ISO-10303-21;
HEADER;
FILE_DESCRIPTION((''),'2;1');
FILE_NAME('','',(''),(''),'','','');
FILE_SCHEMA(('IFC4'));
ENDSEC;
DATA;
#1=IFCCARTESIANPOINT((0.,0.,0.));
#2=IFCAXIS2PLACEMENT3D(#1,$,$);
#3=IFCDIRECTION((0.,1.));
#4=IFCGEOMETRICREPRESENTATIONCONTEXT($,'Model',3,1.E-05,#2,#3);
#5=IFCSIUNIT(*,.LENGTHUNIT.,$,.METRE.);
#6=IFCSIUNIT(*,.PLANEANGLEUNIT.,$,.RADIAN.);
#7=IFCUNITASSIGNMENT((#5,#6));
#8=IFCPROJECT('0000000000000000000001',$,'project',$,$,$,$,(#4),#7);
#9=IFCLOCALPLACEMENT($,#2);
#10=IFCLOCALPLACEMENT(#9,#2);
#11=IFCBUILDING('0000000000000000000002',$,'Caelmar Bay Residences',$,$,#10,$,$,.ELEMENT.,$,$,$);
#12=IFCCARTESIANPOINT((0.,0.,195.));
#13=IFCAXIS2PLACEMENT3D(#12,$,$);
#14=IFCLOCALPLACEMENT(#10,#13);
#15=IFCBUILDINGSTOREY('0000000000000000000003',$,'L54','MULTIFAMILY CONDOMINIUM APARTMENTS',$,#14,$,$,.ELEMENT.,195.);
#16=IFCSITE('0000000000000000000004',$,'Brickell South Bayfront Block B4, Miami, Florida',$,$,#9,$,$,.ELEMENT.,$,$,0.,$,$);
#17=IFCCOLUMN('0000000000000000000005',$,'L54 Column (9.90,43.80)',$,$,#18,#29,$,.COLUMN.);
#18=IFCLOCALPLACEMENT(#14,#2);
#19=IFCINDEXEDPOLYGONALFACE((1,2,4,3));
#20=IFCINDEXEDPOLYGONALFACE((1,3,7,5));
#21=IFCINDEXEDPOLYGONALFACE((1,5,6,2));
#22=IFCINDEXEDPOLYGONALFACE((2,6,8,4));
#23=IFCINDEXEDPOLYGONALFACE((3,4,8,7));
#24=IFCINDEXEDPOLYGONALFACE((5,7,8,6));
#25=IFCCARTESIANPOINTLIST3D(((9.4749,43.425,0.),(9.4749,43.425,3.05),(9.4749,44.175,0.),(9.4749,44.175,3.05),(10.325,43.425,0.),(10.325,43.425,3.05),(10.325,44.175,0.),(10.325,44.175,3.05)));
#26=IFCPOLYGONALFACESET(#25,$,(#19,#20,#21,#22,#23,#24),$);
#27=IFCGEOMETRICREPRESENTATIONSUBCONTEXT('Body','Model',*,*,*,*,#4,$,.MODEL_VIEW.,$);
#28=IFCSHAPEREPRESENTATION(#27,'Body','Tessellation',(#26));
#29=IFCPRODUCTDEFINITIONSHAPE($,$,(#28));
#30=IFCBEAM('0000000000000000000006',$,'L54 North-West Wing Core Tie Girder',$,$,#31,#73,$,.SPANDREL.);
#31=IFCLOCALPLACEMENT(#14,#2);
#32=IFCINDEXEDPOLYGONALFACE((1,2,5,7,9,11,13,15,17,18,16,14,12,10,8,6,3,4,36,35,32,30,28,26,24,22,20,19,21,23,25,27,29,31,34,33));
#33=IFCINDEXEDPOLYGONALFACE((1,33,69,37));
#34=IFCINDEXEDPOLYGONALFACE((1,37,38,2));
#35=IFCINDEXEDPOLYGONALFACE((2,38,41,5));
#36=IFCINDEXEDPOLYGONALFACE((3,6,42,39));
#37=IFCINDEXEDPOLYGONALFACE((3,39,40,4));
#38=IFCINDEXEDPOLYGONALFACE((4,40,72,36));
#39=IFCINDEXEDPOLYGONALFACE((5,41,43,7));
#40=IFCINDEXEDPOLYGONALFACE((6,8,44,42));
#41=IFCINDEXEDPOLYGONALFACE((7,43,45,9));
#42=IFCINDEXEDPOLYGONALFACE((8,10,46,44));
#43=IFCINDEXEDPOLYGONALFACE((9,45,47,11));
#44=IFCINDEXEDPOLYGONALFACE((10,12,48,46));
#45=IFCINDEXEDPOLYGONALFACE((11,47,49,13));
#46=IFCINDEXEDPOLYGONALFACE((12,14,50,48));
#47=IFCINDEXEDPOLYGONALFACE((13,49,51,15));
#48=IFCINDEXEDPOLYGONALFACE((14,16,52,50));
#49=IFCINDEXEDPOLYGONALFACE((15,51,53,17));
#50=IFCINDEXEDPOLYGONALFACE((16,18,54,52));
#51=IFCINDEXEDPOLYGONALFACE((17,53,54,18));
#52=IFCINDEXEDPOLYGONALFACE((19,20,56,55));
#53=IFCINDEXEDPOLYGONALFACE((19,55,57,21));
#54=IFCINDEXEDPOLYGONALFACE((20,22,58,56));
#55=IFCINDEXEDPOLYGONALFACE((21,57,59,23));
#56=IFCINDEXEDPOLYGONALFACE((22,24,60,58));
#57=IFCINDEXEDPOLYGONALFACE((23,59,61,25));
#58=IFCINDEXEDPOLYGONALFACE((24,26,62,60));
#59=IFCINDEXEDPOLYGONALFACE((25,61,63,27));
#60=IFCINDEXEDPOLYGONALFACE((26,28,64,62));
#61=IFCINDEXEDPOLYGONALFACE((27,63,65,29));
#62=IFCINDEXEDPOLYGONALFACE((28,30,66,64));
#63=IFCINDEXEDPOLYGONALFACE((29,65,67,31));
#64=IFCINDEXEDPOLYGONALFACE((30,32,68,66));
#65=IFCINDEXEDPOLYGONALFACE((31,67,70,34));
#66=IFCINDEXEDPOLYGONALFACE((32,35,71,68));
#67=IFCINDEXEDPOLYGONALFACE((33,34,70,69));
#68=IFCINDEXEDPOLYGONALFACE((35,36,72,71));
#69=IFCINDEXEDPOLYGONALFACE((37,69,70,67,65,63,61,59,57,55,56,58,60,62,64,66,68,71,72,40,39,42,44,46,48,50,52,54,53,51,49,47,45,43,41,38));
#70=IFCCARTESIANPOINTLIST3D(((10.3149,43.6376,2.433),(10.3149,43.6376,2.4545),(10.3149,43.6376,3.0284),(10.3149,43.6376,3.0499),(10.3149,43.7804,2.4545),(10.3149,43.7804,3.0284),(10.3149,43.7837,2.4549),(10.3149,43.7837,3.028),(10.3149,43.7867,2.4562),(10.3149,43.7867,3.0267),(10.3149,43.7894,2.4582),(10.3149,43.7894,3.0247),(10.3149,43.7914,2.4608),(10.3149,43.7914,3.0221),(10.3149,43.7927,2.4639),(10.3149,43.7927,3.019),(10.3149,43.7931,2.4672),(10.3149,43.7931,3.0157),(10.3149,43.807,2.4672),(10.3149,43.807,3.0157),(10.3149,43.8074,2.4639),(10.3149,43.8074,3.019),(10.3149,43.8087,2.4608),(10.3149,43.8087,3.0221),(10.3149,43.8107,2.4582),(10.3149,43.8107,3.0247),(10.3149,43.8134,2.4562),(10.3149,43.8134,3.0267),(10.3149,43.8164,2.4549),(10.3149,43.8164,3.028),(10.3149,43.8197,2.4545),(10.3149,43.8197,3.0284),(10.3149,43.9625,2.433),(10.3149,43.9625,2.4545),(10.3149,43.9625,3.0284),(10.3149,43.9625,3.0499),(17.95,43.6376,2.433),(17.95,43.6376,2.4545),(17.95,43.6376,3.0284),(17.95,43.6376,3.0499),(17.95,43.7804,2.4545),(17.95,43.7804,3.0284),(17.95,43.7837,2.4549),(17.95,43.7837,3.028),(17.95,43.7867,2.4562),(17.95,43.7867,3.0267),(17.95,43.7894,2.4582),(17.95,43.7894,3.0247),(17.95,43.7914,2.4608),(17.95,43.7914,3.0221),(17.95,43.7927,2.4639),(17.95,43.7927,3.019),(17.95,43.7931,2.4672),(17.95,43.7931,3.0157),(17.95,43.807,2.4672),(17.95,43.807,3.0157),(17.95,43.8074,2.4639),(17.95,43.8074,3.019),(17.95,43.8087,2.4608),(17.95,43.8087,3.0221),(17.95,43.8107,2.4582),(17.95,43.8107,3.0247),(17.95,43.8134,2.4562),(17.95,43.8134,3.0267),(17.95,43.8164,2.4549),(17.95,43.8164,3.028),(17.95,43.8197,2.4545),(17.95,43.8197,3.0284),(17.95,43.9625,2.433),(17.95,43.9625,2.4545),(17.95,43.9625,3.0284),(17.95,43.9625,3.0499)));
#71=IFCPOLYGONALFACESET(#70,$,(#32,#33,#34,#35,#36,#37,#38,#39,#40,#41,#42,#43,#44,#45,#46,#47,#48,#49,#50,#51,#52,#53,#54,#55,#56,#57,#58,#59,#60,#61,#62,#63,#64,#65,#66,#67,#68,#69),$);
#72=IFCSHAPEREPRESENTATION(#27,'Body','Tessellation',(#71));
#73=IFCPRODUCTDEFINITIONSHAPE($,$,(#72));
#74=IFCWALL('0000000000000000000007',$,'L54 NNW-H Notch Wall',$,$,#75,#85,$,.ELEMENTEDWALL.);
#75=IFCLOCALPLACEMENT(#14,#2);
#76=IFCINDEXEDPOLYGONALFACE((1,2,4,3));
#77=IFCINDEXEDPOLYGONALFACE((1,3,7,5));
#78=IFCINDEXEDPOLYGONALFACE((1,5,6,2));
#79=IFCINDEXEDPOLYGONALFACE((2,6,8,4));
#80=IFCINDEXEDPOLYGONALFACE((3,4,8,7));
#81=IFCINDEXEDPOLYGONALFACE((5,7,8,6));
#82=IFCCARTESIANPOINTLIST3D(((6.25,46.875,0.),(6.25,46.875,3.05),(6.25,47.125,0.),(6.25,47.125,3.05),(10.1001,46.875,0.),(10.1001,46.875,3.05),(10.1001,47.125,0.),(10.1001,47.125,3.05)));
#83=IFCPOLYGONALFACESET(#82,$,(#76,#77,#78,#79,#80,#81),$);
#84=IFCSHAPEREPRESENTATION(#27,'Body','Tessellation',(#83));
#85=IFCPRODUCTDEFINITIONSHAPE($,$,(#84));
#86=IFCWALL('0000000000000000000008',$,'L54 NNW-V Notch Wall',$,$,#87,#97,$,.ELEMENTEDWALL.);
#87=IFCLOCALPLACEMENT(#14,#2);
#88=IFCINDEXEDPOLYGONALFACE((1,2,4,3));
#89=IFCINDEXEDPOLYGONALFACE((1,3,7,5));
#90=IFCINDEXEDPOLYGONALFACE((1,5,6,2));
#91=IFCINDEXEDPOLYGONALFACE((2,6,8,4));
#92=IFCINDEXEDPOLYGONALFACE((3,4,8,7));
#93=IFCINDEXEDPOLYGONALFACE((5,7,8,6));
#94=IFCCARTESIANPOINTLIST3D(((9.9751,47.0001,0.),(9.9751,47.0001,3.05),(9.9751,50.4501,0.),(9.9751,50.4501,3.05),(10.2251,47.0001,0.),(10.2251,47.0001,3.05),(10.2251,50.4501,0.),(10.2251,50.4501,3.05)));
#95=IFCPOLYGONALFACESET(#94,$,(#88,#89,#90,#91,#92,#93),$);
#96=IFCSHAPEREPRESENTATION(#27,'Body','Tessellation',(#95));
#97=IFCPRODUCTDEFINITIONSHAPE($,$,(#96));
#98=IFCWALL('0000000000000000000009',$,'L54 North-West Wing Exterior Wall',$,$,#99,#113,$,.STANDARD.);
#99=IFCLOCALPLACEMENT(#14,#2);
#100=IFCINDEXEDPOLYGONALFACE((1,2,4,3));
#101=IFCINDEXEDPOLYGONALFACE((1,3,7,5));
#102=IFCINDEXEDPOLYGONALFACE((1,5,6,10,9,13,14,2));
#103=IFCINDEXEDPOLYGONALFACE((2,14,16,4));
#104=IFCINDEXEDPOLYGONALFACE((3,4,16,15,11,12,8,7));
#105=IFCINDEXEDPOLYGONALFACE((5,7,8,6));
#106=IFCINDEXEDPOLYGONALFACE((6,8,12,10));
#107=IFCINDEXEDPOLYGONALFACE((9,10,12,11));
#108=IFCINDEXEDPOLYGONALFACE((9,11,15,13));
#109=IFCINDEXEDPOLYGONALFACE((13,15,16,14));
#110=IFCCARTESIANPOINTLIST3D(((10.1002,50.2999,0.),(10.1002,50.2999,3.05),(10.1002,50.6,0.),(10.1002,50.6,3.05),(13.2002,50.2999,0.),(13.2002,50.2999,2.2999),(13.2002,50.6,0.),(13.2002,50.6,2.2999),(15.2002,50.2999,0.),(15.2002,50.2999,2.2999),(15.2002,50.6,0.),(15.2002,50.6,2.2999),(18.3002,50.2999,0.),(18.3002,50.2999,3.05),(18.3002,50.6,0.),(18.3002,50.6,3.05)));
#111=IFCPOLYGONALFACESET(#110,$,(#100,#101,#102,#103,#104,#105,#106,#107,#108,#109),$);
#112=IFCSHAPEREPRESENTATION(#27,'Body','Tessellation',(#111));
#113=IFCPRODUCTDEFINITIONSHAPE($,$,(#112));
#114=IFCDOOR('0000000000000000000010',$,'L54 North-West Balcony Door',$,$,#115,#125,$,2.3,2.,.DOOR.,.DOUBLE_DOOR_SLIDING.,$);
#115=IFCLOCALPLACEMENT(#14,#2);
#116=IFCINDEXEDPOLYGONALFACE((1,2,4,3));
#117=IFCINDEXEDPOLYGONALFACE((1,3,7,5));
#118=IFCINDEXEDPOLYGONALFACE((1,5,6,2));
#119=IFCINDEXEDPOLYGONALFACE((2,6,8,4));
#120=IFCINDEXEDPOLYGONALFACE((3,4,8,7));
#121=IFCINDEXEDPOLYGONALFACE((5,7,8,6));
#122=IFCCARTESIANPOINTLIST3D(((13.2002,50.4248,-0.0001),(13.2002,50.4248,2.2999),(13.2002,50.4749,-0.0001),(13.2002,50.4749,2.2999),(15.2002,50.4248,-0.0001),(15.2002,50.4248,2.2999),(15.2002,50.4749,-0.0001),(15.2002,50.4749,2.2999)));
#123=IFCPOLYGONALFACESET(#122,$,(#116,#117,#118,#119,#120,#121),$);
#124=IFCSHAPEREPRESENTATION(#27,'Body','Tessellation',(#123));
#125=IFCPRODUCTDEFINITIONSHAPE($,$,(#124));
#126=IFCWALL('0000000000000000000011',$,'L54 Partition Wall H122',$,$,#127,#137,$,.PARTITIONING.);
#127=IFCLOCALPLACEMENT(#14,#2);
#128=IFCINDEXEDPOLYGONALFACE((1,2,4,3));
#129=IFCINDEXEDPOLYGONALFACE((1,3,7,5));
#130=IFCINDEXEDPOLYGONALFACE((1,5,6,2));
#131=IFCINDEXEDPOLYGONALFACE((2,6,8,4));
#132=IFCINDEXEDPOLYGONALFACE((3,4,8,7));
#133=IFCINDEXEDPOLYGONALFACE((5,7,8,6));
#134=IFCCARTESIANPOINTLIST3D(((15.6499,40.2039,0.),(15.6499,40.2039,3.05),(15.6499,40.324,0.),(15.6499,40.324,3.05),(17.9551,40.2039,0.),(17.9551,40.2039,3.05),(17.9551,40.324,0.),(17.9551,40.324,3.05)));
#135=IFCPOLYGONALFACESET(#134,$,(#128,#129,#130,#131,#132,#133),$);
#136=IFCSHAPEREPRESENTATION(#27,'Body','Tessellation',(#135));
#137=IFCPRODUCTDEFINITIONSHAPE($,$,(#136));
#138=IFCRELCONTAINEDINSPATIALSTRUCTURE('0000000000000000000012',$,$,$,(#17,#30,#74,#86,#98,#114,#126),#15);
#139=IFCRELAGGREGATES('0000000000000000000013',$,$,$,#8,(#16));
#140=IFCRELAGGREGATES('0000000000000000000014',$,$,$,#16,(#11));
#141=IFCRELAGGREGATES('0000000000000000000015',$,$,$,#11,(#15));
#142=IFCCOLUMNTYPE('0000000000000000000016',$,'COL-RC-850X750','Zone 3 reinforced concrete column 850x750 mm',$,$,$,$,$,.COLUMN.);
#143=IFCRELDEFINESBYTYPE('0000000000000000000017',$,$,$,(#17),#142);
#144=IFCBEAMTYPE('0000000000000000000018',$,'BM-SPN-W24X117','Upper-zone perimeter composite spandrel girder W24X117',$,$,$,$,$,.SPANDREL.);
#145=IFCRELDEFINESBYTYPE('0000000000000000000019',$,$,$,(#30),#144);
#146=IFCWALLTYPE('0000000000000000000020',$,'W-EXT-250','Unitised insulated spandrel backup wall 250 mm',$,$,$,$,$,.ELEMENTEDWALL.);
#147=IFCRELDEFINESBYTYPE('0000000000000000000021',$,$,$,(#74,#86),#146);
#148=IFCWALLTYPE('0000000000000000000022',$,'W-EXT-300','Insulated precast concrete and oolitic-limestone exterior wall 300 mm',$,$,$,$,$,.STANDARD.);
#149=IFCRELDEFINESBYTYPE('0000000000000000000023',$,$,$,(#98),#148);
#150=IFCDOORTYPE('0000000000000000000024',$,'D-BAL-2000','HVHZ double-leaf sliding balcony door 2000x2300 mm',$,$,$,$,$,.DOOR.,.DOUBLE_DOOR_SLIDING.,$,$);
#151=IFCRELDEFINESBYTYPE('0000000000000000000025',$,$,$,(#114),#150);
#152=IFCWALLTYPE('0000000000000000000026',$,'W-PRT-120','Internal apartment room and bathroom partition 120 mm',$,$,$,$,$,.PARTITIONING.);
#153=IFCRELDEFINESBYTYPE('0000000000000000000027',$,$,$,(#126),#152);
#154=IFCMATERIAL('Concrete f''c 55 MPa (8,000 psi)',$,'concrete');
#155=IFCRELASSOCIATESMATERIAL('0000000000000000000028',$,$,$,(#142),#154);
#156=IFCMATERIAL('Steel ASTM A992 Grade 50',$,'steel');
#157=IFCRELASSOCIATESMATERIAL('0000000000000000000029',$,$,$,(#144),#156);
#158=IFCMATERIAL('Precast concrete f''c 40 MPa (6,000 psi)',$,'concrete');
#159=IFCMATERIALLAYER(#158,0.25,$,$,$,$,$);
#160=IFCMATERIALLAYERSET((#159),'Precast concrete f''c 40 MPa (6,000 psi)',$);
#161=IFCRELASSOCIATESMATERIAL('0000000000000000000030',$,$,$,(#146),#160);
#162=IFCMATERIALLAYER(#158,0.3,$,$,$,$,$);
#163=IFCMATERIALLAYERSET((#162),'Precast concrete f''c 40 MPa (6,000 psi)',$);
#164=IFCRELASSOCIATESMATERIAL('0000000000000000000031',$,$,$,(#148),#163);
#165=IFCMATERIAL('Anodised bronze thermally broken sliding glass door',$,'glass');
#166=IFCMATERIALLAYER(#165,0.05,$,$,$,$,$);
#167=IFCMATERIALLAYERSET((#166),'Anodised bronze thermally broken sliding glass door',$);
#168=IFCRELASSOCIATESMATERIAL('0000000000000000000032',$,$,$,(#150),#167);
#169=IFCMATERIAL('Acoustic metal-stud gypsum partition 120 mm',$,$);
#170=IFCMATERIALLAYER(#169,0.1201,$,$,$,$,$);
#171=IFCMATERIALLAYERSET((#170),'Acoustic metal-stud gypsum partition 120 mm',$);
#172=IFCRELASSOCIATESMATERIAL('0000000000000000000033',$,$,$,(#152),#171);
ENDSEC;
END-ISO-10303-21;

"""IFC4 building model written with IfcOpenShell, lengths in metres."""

from ifc_helpers import new_model, si_unit, direction, frame, frame_2d, origin, origin_2d, place, context, subcontext, project, spatial, rectangle, i_section, extrude, material, layer, layer_set, material_profile, profile_set, type_object, element, fill, save


model = new_model("IFC4")

# Units and contexts
model_context = context("Model", 3, precision=1e-05, world=origin(), true_north=direction((0.0, 1.0)))
body_context = subcontext(model_context, "Body", "Model", "MODEL_VIEW")
ifc_project = project(units=[si_unit("LENGTHUNIT", "METRE"), si_unit("PLANEANGLEUNIT", "RADIAN")], contexts=[model_context])

# Site, building, storey
site_placement = place(None, origin())
site = spatial("IfcSite", under=ifc_project, at=site_placement, Name="Brickell South Bayfront Block B4, Miami, Florida", CompositionType="ELEMENT", RefElevation=0.0)
building_placement = place(site_placement, origin())
building = spatial("IfcBuilding", under=site, at=building_placement, Name="Caelmar Bay Residences", CompositionType="ELEMENT")
storey_placement = place(building_placement, frame((0.0, 0.0, 195.0)))
storey = spatial("IfcBuildingStorey", under=building, at=storey_placement, Name="L54", Description="MULTIFAMILY CONDOMINIUM APARTMENTS", CompositionType="ELEMENT", Elevation=195.0)

# Column
ifc_material_1 = material(Name="Concrete f'c 55 MPa (8,000 psi)", Category="concrete")
ifc_material_profile_1 = material_profile(ifc_material_1, rectangle(XDim=0.8501, YDim=0.75, at=origin_2d()), Name="RC-COL-850X750")
ifc_profile_set_1 = profile_set([ifc_material_profile_1], Name="Concrete f'c 55 MPa (8,000 psi)")
column_type = type_object("IfcColumnType", Name="COL-RC-850X750", Description="Zone 3 reinforced concrete column 850x750 mm", PredefinedType="COLUMN", material=ifc_profile_set_1)
column_placement = place(storey_placement, frame((9.8999, 43.8, 0.0), z_axis=(0.0, 0.0, 1.0), x_axis=(1.0, 0.0, 0.0)))
element("IfcColumn", 1, at=column_placement, inside=storey, type_object=column_type, Name="L54 Column (9.90,43.80)", PredefinedType="COLUMN", context=body_context, shape_type="SweptSolid", body=[
    extrude(rectangle(XDim=0.8501, YDim=0.75, at=origin_2d()), origin(), (0.0, 0.0, 1.0), 3.05),
])

# Beam
ifc_material_2 = material(Name="Steel ASTM A992 Grade 50", Category="steel")
ifc_material_profile_2 = material_profile(ifc_material_2, i_section(OverallWidth=0.325, OverallDepth=0.6169, WebThickness=0.0139, FlangeThickness=0.0215, FilletRadius=0.0127, at=origin_2d()), Name="W24X117")
ifc_profile_set_2 = profile_set([ifc_material_profile_2], Name="Steel ASTM A992 Grade 50")
beam_type = type_object("IfcBeamType", Name="BM-SPN-W24X117", Description="Upper-zone perimeter composite spandrel girder W24X117", PredefinedType="SPANDREL", material=ifc_profile_set_2)
beam_placement = place(storey_placement, frame((10.3149, 43.8, 2.7415), z_axis=(1.0, 0.0, 0.0), x_axis=(0.0, 1.0, 0.0)))
element("IfcBeam", 2, at=beam_placement, inside=storey, type_object=beam_type, Name="L54 North-West Wing Core Tie Girder", PredefinedType="SPANDREL", context=body_context, shape_type="SweptSolid", body=[
    extrude(i_section(OverallWidth=0.325, OverallDepth=0.6169, WebThickness=0.0139, FlangeThickness=0.0215, FilletRadius=0.0127, at=origin_2d()), origin(), (0.0, 0.0, 1.0), 7.635),
])

# Walls
ifc_material_3 = material(Name="Precast concrete f'c 40 MPa (6,000 psi)", Category="concrete")
ifc_layer_1 = layer(ifc_material_3, 0.25)
ifc_layer_set_1 = layer_set([ifc_layer_1], Name="Precast concrete f'c 40 MPa (6,000 psi)")
wall_type_1 = type_object("IfcWallType", Name="W-EXT-250", Description="Unitised insulated spandrel backup wall 250 mm", PredefinedType="ELEMENTEDWALL", material=ifc_layer_set_1)
wall_1_placement = place(storey_placement, frame((6.25, 47.0, 0.0), z_axis=(0.0, 0.0, 1.0), x_axis=(1.0, 0.0, 0.0)))
element("IfcWall", 3, at=wall_1_placement, inside=storey, type_object=wall_type_1, Name="L54 NNW-H Notch Wall", PredefinedType="ELEMENTEDWALL", context=body_context, shape_type="SweptSolid", body=[
    extrude(rectangle(XDim=3.8501, YDim=0.25, at=frame_2d((1.925, 0.0))), origin(), (0.0, 0.0, 1.0), 3.05),
])
wall_2_placement = place(storey_placement, frame((10.1001, 47.0, 0.0), z_axis=(0.0, 0.0, 1.0), x_axis=(0.0, 1.0, 0.0)))
element("IfcWall", 4, at=wall_2_placement, inside=storey, type_object=wall_type_1, Name="L54 NNW-V Notch Wall", PredefinedType="ELEMENTEDWALL", context=body_context, shape_type="SweptSolid", body=[
    extrude(rectangle(XDim=3.45, YDim=0.25, at=frame_2d((1.7251, 0.0))), origin(), (0.0, 0.0, 1.0), 3.05),
])

# Wall, opening, door
ifc_layer_2 = layer(ifc_material_3, 0.3)
ifc_layer_set_2 = layer_set([ifc_layer_2], Name="Precast concrete f'c 40 MPa (6,000 psi)")
wall_type_2 = type_object("IfcWallType", Name="W-EXT-300", Description="Insulated precast concrete and oolitic-limestone exterior wall 300 mm", PredefinedType="STANDARD", material=ifc_layer_set_2)
wall_3_placement = place(storey_placement, frame((10.1001, 50.45, 0.0), z_axis=(0.0, 0.0, 1.0), x_axis=(1.0, 0.0, 0.0)))
wall_3 = element("IfcWall", 5, at=wall_3_placement, inside=storey, type_object=wall_type_2, Name="L54 North-West Wing Exterior Wall", PredefinedType="STANDARD", context=body_context, shape_type="SweptSolid", body=[
    extrude(rectangle(XDim=8.2, YDim=0.3, at=frame_2d((4.1001, 0.0))), origin(), (0.0, 0.0, 1.0), 3.05),
])
opening_1_placement = place(wall_3_placement, frame((3.1001, 0.0, 0.0)))
opening_1 = element("IfcOpeningElement", 6, at=opening_1_placement, cuts=wall_3, PredefinedType="OPENING", context=body_context, shape_type="SweptSolid", body=[
    extrude(rectangle(XDim=2.0, YDim=2.3, at=frame_2d((1.0, 1.1499))), frame((0.0, 0.1599, 0.0), z_axis=(0.0, -1.0, 0.0), x_axis=(1.0, 0.0, 0.0)), (0.0, 0.0, 1.0), 0.3201),
])
ifc_material_4 = material(Name="Anodised bronze thermally broken sliding glass door", Category="glass")
ifc_layer_3 = layer(ifc_material_4, 0.05)
ifc_layer_set_3 = layer_set([ifc_layer_3], Name="Anodised bronze thermally broken sliding glass door")
door_type_1 = type_object("IfcDoorType", Name="D-BAL-2000", Description="HVHZ double-leaf sliding balcony door 2000x2300 mm", OperationType="DOUBLE_DOOR_SLIDING", PredefinedType="DOOR", material=ifc_layer_set_3)
door_1_placement = place(opening_1_placement, origin())
door_1 = element("IfcDoor", 7, at=door_1_placement, inside=storey, type_object=door_type_1, Name="L54 North-West Balcony Door", OperationType="DOUBLE_DOOR_SLIDING", OverallHeight=2.3, OverallWidth=2.0, PredefinedType="DOOR", context=body_context, shape_type="SweptSolid", body=[
    extrude(rectangle(XDim=2.0, YDim=2.3, at=frame_2d((1.0, 1.1499))), frame((0.0, 0.0249, 0.0), z_axis=(0.0, -1.0, 0.0), x_axis=(1.0, 0.0, 0.0)), (0.0, 0.0, 1.0), 0.05),
])
fill(opening_1, door_1)
ifc_material_5 = material(Name="Acoustic metal-stud gypsum partition 120 mm")
ifc_layer_4 = layer(ifc_material_5, 0.1201)
ifc_layer_set_4 = layer_set([ifc_layer_4], Name="Acoustic metal-stud gypsum partition 120 mm")
wall_type_3 = type_object("IfcWallType", Name="W-PRT-120", Description="Internal apartment room and bathroom partition 120 mm", PredefinedType="PARTITIONING", material=ifc_layer_set_4)

# Wall
wall_4_placement = place(storey_placement, frame((15.6499, 40.2639, 0.0), z_axis=(0.0, 0.0, 1.0), x_axis=(1.0, 0.0, 0.0)))
element("IfcWall", 8, at=wall_4_placement, inside=storey, type_object=wall_type_3, Name="L54 Partition Wall H122", PredefinedType="PARTITIONING", context=body_context, shape_type="SweptSolid", body=[
    extrude(rectangle(XDim=2.3052, YDim=0.1201, at=frame_2d((1.1526, 0.0))), origin(), (0.0, 0.0, 1.0), 3.05),
])

save(model, "model.ifc")
